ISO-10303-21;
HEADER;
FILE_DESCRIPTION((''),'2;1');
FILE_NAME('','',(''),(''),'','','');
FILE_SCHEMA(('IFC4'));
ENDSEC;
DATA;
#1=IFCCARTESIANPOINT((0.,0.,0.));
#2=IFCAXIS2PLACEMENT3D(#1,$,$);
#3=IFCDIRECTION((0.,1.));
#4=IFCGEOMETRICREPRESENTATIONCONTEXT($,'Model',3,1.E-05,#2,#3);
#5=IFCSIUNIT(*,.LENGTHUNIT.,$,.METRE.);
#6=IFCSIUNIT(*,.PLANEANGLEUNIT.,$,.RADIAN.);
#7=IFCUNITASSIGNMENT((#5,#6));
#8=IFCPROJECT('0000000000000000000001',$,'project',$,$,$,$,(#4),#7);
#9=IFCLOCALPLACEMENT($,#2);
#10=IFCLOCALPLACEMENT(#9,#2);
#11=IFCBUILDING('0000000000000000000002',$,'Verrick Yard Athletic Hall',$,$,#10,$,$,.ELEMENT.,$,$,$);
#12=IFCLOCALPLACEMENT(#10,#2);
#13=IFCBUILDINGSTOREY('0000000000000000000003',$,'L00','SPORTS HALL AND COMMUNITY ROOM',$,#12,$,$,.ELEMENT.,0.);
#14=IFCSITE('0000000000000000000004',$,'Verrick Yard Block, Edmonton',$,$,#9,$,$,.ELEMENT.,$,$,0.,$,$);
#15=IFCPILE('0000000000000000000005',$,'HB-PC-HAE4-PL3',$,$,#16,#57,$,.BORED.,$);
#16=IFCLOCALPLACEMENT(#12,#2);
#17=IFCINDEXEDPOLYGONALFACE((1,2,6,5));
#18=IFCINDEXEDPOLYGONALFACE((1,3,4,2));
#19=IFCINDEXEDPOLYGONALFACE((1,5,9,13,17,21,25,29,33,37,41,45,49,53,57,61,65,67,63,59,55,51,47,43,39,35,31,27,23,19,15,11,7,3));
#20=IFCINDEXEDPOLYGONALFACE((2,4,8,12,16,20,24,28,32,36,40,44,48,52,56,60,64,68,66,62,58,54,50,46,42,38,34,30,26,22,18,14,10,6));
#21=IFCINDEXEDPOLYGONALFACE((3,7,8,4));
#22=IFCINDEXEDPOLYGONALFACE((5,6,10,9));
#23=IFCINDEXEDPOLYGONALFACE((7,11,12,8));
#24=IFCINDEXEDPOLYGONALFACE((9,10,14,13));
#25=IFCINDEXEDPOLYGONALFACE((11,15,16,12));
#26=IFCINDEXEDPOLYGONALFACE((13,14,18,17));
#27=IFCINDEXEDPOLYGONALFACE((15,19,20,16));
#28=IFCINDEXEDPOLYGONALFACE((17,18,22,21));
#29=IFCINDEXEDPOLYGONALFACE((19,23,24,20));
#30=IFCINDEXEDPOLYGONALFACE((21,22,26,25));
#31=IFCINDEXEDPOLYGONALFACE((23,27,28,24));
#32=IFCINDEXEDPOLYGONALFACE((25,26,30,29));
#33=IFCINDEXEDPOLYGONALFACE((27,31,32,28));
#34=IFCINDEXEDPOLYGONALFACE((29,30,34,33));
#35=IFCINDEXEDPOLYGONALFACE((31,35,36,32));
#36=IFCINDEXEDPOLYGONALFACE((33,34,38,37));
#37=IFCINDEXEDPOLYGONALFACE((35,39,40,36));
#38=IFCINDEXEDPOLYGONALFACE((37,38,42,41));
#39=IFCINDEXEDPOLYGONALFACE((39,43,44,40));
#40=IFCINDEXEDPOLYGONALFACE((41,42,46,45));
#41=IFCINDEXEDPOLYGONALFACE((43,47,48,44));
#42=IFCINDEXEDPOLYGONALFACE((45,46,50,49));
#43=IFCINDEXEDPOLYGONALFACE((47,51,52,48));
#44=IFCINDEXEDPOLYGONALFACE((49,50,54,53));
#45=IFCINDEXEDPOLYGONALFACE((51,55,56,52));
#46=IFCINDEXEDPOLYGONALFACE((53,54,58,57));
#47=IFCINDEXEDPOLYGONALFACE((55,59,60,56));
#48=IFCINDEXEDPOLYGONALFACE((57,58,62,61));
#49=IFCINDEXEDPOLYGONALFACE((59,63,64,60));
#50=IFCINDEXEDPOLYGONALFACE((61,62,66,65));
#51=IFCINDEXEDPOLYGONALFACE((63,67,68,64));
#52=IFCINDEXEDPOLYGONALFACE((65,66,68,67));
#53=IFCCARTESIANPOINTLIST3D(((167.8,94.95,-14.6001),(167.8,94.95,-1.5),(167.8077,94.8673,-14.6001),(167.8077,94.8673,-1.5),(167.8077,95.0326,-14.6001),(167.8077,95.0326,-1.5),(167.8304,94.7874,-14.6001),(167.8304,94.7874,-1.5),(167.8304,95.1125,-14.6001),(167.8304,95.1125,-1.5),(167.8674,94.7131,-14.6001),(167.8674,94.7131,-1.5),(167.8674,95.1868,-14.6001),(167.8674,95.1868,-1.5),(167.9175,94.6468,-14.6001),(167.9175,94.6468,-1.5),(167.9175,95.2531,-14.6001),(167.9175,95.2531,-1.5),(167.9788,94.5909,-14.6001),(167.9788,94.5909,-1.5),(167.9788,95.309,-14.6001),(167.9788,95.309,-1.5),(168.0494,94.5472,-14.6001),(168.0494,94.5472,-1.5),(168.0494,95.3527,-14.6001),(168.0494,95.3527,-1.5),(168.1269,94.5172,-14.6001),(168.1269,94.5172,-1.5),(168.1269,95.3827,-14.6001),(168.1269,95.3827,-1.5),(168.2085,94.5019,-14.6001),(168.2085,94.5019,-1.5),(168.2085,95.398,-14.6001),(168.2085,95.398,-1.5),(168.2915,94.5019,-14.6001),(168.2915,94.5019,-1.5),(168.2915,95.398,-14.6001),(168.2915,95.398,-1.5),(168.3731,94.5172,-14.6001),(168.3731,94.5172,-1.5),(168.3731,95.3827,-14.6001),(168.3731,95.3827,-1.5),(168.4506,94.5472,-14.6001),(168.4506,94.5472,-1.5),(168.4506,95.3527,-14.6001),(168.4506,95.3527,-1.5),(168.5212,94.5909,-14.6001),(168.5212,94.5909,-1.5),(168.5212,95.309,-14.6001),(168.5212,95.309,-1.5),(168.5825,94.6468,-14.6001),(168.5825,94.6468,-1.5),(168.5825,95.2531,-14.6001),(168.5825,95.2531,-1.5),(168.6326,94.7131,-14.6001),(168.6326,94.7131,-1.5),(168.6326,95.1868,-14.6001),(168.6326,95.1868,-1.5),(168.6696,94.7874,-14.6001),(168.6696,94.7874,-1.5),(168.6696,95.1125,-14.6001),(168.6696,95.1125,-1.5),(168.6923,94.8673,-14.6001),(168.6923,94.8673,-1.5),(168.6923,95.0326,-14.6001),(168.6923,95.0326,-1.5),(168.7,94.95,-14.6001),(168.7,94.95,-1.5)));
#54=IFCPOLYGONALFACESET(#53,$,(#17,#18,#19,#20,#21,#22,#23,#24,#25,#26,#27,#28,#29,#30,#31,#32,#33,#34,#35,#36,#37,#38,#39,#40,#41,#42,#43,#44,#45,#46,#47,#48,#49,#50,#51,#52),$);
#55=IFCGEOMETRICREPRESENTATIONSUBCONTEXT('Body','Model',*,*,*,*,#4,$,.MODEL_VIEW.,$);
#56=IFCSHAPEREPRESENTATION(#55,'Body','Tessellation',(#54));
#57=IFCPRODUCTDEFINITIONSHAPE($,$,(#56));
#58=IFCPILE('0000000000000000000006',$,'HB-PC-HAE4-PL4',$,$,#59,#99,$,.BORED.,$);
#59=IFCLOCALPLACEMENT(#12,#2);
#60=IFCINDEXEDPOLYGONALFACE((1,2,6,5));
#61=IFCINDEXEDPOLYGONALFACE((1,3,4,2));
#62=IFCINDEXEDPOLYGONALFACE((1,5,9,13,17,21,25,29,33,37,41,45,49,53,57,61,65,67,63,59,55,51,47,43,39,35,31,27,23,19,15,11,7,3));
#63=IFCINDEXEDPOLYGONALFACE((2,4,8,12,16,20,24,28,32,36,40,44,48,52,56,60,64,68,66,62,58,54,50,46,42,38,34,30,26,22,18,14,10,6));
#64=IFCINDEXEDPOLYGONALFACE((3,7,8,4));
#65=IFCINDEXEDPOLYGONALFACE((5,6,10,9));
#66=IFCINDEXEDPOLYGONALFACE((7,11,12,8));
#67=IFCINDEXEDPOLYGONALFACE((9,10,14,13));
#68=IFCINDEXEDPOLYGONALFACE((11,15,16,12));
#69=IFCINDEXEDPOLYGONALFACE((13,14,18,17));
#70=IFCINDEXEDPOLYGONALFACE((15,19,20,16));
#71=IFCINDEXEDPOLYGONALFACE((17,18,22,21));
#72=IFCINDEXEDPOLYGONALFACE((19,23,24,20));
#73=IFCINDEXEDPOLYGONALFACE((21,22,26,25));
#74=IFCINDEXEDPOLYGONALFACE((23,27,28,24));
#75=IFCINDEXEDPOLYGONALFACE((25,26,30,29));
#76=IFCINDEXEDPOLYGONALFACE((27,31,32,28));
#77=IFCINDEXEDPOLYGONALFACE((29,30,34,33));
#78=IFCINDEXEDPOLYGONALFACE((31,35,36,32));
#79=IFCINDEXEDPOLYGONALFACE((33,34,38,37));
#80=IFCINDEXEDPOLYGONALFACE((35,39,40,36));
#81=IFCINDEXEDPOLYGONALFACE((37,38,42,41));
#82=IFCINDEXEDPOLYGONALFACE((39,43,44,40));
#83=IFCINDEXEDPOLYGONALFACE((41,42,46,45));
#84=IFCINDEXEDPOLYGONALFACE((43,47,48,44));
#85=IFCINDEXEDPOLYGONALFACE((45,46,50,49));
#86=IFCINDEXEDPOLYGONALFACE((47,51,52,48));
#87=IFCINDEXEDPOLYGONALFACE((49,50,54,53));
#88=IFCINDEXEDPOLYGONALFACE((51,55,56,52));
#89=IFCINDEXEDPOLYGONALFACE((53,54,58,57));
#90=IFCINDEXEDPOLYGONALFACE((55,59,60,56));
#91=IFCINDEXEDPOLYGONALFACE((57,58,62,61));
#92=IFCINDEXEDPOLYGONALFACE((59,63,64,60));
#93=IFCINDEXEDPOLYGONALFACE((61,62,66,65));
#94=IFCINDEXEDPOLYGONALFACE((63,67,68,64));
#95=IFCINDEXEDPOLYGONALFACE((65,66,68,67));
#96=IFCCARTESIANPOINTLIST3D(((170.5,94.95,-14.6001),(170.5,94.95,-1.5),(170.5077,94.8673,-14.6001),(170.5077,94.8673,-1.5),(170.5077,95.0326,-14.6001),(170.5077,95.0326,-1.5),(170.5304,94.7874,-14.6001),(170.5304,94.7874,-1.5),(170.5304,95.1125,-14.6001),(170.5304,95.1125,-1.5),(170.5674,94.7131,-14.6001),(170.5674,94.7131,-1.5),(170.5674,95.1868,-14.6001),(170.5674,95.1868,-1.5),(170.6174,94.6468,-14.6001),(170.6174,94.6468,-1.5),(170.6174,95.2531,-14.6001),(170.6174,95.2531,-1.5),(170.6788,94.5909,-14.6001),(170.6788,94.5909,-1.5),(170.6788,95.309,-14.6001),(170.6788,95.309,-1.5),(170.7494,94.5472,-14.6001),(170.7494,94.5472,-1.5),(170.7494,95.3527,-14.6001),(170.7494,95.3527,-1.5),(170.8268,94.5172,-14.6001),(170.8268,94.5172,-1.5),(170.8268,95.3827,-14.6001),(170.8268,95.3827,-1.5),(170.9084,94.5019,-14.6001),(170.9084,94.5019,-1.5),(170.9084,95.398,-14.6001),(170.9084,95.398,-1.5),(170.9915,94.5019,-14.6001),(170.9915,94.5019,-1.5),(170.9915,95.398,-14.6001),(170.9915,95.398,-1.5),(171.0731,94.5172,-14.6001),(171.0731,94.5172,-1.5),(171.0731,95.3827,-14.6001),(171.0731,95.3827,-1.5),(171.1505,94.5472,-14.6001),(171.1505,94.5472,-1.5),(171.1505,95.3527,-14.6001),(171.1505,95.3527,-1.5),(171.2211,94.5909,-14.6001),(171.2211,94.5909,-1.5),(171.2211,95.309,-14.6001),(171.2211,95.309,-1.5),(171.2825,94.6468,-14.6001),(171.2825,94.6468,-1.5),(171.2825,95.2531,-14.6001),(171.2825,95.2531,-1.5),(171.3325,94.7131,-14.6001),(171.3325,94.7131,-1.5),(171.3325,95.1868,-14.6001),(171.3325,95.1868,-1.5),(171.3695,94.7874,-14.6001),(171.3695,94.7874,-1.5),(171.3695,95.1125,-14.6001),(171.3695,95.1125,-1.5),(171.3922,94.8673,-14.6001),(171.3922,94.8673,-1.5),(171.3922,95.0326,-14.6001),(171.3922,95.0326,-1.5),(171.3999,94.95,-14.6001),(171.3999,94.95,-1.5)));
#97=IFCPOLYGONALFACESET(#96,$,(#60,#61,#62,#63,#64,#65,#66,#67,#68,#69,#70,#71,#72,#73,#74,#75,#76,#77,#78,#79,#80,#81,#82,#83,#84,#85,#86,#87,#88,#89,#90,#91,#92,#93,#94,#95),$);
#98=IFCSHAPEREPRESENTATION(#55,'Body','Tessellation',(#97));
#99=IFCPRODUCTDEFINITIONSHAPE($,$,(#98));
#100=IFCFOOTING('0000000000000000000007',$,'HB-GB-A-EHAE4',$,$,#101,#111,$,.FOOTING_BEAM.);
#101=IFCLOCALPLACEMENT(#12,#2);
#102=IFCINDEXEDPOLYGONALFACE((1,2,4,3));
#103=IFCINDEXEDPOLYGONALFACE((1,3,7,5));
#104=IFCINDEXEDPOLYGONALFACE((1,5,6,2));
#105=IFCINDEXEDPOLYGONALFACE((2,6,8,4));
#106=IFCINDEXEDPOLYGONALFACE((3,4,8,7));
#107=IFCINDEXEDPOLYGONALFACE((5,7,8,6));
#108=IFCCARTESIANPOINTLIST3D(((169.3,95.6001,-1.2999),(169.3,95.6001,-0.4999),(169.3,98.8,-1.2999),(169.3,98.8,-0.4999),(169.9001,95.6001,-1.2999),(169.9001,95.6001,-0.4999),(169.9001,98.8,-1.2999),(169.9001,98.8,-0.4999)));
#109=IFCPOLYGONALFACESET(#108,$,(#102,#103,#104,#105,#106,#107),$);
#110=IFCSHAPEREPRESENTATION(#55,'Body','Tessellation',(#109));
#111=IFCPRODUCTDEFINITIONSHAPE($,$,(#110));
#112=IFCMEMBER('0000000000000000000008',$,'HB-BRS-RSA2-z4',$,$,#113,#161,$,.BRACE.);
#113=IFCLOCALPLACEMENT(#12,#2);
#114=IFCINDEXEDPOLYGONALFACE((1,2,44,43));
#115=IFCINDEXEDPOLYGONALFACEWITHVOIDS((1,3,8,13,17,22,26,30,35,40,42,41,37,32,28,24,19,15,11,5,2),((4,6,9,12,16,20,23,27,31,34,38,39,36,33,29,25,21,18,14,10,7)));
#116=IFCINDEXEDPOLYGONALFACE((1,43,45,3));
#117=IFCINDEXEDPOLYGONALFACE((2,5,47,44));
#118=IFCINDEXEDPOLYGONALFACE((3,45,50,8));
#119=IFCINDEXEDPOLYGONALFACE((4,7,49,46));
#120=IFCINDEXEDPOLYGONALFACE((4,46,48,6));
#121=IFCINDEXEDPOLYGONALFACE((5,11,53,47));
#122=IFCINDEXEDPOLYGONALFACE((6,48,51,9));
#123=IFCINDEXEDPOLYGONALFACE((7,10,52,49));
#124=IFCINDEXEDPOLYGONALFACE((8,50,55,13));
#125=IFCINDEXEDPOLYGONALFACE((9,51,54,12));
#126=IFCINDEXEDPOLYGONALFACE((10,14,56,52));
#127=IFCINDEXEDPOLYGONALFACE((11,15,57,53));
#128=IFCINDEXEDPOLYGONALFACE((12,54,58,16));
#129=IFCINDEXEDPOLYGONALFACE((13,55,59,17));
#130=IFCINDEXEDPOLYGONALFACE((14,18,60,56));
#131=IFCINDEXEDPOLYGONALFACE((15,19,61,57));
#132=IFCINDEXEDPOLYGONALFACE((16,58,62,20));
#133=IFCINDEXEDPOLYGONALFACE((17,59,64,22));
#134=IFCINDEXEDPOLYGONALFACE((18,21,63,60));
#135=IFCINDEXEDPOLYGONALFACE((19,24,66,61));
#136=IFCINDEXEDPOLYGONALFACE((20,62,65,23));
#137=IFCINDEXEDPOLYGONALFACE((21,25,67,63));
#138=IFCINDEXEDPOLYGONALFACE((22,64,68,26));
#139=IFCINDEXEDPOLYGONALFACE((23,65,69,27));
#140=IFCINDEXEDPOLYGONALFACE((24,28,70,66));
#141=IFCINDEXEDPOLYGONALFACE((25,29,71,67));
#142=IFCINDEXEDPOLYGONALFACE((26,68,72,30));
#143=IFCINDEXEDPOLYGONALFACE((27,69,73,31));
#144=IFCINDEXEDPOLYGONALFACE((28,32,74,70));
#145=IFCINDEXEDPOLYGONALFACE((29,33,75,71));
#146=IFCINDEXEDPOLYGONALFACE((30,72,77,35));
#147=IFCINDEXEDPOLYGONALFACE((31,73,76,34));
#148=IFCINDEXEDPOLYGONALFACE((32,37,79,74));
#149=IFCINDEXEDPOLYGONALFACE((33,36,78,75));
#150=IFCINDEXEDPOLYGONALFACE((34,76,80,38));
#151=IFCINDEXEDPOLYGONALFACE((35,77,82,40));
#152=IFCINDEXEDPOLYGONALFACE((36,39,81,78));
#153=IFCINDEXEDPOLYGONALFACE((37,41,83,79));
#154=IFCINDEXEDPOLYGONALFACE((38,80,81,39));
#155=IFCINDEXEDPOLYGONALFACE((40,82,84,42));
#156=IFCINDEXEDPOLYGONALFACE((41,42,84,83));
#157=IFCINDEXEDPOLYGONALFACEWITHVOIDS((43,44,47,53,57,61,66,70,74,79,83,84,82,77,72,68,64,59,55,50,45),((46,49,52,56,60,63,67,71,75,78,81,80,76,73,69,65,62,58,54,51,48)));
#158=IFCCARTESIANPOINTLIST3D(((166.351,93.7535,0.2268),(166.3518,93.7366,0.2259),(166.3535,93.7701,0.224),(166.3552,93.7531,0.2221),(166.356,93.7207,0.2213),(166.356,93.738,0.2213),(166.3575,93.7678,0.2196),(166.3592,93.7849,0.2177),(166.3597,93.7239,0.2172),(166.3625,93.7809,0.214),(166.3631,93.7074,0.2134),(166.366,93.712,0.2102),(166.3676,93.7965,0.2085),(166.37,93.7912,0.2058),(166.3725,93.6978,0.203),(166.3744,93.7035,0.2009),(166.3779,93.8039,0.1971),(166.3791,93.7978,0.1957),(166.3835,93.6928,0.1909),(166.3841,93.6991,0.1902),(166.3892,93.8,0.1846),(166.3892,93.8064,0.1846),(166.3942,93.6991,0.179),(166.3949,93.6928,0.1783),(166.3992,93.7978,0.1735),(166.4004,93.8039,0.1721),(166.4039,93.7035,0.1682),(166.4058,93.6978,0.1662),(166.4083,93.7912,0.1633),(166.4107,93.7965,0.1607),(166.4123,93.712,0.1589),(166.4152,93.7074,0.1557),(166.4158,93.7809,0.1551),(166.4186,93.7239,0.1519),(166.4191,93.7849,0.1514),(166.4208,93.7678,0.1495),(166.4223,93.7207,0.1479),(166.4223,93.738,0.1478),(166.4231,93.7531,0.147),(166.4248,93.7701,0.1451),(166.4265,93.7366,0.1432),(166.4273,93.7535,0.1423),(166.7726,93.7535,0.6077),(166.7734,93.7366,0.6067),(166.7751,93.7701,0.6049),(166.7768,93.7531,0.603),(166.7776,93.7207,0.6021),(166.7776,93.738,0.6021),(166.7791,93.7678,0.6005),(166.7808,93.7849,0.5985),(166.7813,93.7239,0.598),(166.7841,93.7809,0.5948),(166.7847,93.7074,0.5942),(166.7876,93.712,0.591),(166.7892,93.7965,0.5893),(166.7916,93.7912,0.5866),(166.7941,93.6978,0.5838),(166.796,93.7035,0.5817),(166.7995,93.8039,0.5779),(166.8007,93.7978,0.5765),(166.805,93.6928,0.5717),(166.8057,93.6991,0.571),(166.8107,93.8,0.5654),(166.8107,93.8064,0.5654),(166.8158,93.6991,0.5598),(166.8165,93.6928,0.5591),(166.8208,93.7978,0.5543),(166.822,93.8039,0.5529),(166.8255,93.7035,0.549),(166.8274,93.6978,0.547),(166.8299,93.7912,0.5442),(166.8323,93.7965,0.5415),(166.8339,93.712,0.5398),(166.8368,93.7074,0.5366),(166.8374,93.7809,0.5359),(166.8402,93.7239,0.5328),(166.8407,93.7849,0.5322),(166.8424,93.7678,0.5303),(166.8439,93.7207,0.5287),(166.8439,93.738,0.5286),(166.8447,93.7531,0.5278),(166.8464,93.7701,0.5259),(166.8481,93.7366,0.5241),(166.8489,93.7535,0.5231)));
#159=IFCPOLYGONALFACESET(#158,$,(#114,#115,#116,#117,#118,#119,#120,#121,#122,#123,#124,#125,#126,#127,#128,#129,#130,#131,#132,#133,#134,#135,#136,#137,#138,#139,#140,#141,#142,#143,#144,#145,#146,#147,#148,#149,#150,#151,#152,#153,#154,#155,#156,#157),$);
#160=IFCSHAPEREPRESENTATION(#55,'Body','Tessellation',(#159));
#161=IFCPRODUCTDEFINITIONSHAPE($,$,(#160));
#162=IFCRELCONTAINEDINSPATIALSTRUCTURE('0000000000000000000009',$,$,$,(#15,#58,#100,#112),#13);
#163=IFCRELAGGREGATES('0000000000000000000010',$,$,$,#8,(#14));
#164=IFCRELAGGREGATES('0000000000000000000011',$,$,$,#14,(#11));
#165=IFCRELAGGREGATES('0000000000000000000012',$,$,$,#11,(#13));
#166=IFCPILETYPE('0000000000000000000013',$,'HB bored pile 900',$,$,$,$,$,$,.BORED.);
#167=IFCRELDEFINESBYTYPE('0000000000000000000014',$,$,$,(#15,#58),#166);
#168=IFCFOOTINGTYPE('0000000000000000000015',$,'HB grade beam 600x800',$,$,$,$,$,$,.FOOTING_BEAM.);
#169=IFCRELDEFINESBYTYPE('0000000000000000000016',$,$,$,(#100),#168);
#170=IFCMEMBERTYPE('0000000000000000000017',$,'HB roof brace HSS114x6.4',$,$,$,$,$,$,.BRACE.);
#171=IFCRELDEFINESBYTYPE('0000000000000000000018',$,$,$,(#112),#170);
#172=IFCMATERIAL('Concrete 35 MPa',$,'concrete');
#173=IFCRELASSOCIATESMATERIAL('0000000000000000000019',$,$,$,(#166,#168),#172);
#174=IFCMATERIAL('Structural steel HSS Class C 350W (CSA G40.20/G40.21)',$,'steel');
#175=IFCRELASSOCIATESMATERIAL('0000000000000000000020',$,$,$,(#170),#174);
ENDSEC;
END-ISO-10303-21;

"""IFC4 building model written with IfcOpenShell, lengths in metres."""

from ifc_helpers import new_model, si_unit, direction, frame, origin, origin_2d, place, context, subcontext, project, spatial, rectangle, circle, hollow_circle, extrude, material, material_profile, profile_set, type_object, element, save


model = new_model("IFC4")

# Units and contexts
model_context = context("Model", 3, precision=1e-05, world=origin(), true_north=direction((0.0, 1.0)))
body_context = subcontext(model_context, "Body", "Model", "MODEL_VIEW")
ifc_project = project(units=[si_unit("LENGTHUNIT", "METRE"), si_unit("PLANEANGLEUNIT", "RADIAN")], contexts=[model_context])

# Site, building, storey
site_placement = place(None, origin())
site = spatial("IfcSite", under=ifc_project, at=site_placement, Name="Verrick Yard Block, Edmonton", CompositionType="ELEMENT", RefElevation=0.0)
building_placement = place(site_placement, origin())
building = spatial("IfcBuilding", under=site, at=building_placement, Name="Verrick Yard Athletic Hall", CompositionType="ELEMENT")
storey_placement = place(building_placement, origin())
storey = spatial("IfcBuildingStorey", under=building, at=storey_placement, Name="L00", Description="SPORTS HALL AND COMMUNITY ROOM", CompositionType="ELEMENT", Elevation=0.0)

# Piles
ifc_material_1 = material(Name="Concrete 35 MPa", Category="concrete")
ifc_material_profile_1 = material_profile(ifc_material_1, circle(Radius=0.45, at=origin_2d()), Name="Bored pile 900")
ifc_profile_set_1 = profile_set([ifc_material_profile_1], Name="Concrete 35 MPa")
pile_type = type_object("IfcPileType", Name="HB bored pile 900", PredefinedType="BORED", material=ifc_profile_set_1)
for number, where, z_axis, x_axis, name in (
    (1, (168.25, 94.95, -1.5), (0.0, 0.0, -1.0), (1.0, 0.0, 0.0), "HB-PC-HAE4-PL3"),
    (2, (170.95, 94.95, -1.5), (0.0, 0.0, -1.0), (1.0, 0.0, 0.0), "HB-PC-HAE4-PL4"),
):
    element("IfcPile", number, at=place(storey_placement, frame(where, z_axis=z_axis, x_axis=x_axis)), inside=storey, type_object=pile_type, Name=name, PredefinedType="BORED", context=body_context, shape_type="SweptSolid", body=[
        extrude(circle(Radius=0.45, at=origin_2d()), origin(), (0.0, 0.0, 1.0), 13.1001),
    ])

# Footing
ifc_material_profile_2 = material_profile(ifc_material_1, rectangle(XDim=0.6001, YDim=0.8, at=origin_2d()), Name="Grade beam 600x800")
ifc_profile_set_2 = profile_set([ifc_material_profile_2], Name="Concrete 35 MPa")
footing_type = type_object("IfcFootingType", Name="HB grade beam 600x800", PredefinedType="FOOTING_BEAM", material=ifc_profile_set_2)
footing_placement = place(storey_placement, frame((169.6001, 95.6001, -0.8999), z_axis=(0.0, 1.0, 0.0), x_axis=(-1.0, 0.0, 0.0)))
element("IfcFooting", 3, at=footing_placement, inside=storey, type_object=footing_type, Name="HB-GB-A-EHAE4", PredefinedType="FOOTING_BEAM", context=body_context, shape_type="SweptSolid", body=[
    extrude(rectangle(XDim=0.6001, YDim=0.8, at=origin_2d()), origin(), (0.0, 0.0, 1.0), 3.2),
])

# Member
ifc_material_2 = material(Name="Structural steel HSS Class C 350W (CSA G40.20/G40.21)", Category="steel")
ifc_material_profile_3 = material_profile(ifc_material_2, hollow_circle(Radius=0.0571, WallThickness=0.0063, at=origin_2d()), Name="HSS114x6.4")
ifc_profile_set_3 = profile_set([ifc_material_profile_3], Name="Structural steel HSS Class C 350W (CSA G40.20/G40.21)")
member_type_1 = type_object("IfcMemberType", Name="HB roof brace HSS114x6.4", PredefinedType="BRACE", material=ifc_profile_set_3)
member_1_placement = place(storey_placement, frame((166.3892, 93.7493, 0.1846), z_axis=(0.742075, 0.0, 0.670317), x_axis=(0.0, 1.0, 0.0)))
element("IfcMember", 4, at=member_1_placement, inside=storey, type_object=member_type_1, Name="HB-BRS-RSA2-z4", PredefinedType="BRACE", context=body_context, shape_type="SweptSolid", body=[
    extrude(hollow_circle(Radius=0.0571, WallThickness=0.0063, at=origin_2d()), origin(), (0.0, 0.0, 1.0), 0.5681),
])

save(model, "model.ifc")
